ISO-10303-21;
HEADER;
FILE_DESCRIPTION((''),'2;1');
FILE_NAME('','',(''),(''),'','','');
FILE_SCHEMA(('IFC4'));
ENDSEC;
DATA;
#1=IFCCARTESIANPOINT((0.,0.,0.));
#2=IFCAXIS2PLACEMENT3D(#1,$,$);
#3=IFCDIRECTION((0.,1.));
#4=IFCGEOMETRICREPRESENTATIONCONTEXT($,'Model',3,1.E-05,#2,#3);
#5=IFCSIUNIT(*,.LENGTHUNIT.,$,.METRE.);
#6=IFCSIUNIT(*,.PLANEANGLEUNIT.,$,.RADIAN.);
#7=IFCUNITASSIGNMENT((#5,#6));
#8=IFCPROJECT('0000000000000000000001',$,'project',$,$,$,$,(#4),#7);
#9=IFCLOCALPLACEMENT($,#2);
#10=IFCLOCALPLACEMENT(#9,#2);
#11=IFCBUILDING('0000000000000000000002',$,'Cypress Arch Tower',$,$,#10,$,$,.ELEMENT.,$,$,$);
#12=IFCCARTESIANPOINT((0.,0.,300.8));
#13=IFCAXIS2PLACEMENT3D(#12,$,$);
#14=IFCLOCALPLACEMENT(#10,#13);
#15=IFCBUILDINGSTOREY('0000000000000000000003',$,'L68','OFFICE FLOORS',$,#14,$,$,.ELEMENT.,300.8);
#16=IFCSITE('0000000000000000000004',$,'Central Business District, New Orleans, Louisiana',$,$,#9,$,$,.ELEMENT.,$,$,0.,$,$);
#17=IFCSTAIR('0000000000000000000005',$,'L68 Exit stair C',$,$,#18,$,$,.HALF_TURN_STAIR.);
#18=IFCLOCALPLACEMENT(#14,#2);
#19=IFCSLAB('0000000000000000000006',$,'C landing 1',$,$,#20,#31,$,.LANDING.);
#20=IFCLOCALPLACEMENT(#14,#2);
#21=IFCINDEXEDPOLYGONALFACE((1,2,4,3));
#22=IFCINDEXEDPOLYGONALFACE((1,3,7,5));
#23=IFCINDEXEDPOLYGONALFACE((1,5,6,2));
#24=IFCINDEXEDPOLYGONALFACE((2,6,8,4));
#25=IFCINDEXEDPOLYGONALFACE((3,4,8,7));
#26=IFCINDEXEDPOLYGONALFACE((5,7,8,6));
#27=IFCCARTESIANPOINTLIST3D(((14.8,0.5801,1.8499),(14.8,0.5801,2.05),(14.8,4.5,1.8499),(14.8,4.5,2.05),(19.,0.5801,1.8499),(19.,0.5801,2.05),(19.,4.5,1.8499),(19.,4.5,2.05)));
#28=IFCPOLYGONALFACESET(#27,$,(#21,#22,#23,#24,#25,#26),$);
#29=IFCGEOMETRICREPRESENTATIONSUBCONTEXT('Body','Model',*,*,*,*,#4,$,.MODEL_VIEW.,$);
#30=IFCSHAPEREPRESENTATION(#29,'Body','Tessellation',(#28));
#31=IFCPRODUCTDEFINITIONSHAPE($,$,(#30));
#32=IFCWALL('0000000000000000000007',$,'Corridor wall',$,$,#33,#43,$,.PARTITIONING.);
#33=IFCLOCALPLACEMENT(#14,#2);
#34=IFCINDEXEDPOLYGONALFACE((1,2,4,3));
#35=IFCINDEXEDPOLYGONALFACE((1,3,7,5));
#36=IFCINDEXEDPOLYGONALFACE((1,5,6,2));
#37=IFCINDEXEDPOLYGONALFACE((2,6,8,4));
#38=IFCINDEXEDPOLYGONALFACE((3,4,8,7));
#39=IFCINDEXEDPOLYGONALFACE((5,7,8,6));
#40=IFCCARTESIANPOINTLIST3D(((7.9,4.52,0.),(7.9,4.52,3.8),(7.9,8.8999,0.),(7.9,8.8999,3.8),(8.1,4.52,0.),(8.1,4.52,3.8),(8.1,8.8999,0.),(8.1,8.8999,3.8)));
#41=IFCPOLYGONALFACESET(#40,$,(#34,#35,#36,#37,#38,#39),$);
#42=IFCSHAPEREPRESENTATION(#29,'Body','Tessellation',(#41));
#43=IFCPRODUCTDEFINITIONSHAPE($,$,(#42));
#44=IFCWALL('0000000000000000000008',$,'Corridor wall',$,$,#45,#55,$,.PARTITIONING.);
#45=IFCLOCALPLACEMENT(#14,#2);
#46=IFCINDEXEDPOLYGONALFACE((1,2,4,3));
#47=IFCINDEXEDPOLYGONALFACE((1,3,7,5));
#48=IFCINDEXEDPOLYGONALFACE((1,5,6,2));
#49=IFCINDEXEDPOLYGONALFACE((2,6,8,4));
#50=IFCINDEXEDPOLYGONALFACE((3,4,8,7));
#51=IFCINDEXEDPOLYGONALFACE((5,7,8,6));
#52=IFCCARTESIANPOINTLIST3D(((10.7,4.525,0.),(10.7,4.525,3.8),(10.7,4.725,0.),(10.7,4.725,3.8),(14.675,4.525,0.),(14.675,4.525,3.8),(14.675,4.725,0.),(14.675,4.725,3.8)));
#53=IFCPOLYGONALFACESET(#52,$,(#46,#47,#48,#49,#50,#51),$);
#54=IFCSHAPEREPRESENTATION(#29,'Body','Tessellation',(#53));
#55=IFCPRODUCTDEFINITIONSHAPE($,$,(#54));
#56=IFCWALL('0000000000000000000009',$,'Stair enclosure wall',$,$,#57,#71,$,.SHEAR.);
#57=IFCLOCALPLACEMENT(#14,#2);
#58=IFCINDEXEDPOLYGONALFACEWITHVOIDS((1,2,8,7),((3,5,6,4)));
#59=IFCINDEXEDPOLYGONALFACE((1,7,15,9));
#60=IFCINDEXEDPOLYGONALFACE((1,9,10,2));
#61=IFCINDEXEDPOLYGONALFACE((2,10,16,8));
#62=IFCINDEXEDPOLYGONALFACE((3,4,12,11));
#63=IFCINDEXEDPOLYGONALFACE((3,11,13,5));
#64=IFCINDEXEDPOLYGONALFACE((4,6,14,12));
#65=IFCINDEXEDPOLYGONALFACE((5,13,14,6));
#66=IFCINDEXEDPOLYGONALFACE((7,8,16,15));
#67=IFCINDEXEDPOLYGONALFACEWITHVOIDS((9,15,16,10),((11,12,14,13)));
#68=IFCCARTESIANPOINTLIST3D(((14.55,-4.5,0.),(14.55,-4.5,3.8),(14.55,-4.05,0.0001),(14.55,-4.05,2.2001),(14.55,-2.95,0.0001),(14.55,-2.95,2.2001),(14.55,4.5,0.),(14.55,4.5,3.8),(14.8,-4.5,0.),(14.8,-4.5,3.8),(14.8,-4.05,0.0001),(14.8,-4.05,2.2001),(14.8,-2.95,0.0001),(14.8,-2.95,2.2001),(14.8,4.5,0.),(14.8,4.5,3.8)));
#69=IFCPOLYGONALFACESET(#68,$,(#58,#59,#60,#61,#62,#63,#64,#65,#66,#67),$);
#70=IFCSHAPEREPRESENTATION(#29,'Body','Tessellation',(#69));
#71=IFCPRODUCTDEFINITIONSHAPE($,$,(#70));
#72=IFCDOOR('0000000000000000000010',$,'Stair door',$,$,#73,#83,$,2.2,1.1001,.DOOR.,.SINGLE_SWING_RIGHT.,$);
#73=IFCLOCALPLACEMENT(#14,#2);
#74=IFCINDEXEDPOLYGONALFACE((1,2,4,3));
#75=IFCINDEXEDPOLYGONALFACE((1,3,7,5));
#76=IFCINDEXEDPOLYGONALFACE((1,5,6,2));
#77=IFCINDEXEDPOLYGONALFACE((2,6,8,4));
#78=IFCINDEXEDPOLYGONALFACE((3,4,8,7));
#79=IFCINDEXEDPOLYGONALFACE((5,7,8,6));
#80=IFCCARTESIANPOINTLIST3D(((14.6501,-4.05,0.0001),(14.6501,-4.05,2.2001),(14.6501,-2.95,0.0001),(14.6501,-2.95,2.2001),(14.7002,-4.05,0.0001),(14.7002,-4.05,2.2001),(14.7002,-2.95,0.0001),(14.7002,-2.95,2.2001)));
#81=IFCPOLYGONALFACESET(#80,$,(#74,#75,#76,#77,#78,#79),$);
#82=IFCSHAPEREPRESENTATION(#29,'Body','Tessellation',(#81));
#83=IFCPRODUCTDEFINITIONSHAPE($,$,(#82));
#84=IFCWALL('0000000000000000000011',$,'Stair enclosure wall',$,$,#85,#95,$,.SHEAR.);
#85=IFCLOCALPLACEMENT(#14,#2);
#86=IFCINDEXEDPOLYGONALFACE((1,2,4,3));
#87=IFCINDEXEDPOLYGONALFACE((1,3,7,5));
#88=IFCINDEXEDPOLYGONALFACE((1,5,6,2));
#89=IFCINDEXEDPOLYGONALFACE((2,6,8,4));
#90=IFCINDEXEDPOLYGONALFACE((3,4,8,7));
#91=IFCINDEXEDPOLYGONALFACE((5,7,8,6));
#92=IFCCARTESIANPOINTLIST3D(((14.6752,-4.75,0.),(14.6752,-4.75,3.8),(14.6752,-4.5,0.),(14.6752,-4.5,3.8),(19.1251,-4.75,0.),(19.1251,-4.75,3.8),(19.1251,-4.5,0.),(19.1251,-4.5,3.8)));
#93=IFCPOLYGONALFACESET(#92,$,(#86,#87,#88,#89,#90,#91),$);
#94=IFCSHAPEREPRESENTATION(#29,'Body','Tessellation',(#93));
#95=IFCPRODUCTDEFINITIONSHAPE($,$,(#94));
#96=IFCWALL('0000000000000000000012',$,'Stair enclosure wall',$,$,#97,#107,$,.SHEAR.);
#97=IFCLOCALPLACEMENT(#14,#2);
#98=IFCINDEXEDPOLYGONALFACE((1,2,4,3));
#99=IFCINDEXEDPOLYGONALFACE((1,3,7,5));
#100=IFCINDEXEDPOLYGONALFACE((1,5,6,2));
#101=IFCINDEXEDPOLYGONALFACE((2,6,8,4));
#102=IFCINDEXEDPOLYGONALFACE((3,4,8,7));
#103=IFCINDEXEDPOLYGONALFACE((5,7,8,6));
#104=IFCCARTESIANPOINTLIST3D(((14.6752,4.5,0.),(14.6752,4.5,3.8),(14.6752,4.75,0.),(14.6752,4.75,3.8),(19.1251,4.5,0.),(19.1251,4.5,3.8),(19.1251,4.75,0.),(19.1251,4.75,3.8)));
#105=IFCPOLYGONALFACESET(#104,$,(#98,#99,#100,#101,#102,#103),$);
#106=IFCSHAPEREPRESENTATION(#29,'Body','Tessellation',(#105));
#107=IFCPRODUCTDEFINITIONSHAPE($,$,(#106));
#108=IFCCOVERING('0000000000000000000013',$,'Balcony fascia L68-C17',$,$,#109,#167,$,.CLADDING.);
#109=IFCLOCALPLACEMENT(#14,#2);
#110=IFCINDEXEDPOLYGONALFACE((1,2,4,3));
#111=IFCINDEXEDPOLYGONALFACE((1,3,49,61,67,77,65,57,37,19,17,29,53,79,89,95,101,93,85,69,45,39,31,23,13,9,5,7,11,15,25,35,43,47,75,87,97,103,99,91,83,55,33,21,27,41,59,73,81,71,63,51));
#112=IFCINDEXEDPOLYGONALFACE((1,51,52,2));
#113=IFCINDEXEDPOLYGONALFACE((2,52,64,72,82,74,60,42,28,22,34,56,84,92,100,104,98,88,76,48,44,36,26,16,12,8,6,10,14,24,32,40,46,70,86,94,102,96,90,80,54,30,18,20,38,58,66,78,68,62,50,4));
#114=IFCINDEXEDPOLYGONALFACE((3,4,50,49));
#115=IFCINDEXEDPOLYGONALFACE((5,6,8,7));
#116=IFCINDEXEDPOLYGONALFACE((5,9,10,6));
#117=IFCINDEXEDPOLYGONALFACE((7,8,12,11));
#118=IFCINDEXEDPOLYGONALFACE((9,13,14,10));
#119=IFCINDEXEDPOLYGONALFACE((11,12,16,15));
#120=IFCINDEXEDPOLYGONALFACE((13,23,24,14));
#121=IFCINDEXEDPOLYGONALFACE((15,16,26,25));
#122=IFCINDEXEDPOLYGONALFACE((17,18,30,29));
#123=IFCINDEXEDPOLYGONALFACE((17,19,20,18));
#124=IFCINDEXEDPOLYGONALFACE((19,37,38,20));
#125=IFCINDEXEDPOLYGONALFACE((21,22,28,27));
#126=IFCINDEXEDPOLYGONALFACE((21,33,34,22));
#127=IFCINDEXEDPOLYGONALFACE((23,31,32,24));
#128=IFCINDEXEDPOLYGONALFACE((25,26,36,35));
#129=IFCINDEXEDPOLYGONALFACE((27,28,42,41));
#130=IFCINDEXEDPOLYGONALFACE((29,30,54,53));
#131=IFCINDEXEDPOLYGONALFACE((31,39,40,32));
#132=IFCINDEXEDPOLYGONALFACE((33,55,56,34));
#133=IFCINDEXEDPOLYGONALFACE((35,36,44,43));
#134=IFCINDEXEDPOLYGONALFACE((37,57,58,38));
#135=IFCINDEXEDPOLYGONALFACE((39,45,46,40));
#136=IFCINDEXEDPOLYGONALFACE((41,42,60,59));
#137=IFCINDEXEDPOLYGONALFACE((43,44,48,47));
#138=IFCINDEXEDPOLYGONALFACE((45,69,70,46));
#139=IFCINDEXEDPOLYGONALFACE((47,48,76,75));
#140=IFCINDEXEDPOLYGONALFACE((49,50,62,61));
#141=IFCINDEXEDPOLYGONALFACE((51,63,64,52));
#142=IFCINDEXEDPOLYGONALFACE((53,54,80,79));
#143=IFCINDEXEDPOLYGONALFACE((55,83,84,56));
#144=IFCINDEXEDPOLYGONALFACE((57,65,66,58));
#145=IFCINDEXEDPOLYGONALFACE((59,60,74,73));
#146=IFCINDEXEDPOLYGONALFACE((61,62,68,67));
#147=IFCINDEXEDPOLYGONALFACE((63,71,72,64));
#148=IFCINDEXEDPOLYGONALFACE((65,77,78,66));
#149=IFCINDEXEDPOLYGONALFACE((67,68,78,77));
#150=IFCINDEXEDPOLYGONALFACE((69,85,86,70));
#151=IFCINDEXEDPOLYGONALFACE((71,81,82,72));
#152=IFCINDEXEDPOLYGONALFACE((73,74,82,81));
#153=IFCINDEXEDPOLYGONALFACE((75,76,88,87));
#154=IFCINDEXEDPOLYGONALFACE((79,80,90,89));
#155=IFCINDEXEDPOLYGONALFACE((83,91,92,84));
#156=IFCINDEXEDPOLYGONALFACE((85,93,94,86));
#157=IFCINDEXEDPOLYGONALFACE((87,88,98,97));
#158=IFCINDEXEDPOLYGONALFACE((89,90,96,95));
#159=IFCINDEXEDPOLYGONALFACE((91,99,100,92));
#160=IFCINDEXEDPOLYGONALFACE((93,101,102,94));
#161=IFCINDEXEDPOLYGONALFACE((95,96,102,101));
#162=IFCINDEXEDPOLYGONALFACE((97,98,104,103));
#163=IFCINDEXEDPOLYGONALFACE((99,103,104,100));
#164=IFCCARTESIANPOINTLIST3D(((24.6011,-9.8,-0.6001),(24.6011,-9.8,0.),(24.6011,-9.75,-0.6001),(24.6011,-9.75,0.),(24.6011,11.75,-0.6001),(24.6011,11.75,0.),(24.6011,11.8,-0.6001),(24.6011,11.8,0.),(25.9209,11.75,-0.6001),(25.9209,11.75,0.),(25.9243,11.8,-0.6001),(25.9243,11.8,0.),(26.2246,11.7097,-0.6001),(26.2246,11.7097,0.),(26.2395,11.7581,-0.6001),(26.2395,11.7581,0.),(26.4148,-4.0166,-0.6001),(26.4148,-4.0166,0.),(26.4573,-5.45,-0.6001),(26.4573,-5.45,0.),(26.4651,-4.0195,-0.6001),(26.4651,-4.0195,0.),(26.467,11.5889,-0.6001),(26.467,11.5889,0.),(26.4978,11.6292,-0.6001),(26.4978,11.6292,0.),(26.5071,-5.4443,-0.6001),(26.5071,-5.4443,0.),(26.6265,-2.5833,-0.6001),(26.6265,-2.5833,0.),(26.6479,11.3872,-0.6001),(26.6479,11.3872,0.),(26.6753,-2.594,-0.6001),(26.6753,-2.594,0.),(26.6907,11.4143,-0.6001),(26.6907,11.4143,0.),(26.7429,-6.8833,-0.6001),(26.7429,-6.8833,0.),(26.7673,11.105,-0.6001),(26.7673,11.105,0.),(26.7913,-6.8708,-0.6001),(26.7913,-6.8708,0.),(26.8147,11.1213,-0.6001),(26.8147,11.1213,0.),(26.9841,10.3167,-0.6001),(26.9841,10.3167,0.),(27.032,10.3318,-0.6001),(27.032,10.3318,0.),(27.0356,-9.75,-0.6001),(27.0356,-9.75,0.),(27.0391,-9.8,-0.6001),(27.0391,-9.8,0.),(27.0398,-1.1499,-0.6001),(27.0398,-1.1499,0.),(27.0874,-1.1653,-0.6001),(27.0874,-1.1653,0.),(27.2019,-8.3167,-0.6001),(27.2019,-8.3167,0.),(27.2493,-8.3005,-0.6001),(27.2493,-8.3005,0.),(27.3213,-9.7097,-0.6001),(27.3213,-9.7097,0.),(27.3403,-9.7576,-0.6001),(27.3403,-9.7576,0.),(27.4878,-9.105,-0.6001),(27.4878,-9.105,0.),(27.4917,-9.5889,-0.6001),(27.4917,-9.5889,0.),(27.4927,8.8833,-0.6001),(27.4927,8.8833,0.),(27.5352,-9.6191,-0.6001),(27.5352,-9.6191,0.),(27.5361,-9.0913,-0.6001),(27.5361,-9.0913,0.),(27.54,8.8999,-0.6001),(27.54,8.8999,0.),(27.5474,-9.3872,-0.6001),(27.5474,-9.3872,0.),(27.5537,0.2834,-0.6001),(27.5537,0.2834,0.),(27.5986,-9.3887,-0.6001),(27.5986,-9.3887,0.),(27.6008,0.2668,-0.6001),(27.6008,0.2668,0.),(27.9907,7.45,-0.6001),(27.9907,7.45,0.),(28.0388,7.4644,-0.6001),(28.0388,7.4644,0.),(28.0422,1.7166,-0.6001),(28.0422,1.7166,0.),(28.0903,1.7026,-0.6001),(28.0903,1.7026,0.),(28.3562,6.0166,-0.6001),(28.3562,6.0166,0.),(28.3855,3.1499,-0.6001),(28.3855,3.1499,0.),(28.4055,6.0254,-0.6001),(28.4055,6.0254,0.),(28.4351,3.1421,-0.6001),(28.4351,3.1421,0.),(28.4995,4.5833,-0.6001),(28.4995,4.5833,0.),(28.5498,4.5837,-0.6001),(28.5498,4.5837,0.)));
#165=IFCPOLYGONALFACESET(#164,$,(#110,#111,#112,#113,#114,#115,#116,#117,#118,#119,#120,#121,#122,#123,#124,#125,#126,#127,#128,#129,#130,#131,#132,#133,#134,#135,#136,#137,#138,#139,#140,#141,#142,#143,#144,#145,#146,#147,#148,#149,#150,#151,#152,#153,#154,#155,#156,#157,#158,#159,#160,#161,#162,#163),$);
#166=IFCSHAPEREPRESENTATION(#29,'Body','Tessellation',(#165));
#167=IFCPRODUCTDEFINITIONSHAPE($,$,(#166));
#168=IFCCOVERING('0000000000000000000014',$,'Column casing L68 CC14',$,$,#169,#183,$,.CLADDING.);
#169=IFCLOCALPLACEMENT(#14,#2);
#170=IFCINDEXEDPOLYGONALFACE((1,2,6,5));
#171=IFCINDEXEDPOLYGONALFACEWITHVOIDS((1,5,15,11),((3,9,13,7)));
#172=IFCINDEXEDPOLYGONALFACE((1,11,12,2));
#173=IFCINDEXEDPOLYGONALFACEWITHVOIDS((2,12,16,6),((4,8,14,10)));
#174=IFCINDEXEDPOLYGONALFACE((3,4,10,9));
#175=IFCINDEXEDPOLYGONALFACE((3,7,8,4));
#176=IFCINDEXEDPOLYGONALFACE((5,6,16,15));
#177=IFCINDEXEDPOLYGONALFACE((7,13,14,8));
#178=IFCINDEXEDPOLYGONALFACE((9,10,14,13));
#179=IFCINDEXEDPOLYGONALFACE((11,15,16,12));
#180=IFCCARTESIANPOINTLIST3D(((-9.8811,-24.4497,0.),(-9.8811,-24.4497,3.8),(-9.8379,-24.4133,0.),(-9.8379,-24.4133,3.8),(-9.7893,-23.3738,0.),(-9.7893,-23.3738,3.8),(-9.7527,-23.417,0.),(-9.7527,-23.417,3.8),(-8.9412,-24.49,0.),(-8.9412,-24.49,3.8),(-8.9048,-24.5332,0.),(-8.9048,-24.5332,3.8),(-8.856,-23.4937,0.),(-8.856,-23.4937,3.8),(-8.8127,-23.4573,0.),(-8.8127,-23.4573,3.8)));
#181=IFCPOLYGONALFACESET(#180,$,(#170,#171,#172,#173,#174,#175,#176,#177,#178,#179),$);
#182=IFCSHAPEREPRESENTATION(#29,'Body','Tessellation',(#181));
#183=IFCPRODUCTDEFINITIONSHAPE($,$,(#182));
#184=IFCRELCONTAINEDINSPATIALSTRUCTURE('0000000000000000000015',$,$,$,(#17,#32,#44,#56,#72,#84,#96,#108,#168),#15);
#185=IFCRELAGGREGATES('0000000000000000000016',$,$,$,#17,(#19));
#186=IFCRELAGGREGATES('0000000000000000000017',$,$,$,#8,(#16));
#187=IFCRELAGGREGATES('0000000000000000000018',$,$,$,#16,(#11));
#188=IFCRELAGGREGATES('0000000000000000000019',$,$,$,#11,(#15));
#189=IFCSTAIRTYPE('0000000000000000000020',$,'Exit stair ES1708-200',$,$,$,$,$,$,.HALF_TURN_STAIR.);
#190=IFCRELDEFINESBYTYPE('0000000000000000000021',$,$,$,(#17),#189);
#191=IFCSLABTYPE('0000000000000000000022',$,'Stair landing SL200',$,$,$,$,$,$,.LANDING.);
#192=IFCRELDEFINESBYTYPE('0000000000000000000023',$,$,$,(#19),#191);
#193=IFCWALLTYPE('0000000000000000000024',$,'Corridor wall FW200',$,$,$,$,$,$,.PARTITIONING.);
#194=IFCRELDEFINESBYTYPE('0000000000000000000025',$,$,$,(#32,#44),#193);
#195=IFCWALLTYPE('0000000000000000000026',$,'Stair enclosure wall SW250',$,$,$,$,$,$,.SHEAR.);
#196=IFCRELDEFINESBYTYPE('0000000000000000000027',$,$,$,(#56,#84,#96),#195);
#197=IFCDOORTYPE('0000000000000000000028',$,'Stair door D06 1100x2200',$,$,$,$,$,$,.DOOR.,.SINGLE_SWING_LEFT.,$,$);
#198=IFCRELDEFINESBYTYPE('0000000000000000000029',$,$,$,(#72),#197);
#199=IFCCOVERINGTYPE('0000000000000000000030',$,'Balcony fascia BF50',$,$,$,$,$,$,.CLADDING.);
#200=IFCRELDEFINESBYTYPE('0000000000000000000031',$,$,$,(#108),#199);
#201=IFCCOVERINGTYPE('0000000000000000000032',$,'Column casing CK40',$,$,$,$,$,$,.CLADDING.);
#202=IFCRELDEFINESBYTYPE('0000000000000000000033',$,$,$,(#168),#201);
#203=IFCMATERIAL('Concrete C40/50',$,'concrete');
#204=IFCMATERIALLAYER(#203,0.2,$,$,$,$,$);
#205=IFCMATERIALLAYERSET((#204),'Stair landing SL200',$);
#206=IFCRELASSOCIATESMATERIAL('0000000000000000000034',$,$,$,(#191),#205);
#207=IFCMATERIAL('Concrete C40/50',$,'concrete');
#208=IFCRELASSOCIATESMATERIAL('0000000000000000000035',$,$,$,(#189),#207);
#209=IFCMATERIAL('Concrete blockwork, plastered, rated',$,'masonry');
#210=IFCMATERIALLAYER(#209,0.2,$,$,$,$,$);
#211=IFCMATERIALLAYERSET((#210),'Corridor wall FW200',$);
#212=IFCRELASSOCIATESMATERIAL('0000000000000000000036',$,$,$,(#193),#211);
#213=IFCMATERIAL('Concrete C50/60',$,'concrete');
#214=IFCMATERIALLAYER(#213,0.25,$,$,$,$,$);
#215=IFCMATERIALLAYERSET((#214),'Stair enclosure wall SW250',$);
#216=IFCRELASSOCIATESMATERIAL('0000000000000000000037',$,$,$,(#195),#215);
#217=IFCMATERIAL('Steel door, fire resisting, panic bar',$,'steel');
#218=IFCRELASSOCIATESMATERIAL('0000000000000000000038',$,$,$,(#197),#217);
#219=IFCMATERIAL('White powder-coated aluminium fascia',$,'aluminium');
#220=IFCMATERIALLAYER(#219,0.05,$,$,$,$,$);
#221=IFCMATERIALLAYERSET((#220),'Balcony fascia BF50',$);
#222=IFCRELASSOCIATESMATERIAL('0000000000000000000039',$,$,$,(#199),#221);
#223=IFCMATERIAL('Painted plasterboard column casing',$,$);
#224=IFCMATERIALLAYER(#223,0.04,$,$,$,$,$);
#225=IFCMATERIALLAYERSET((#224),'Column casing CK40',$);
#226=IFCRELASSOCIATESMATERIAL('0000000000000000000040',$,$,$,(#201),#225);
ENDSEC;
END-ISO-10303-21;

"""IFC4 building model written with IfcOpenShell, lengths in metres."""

from ifc_helpers import new_model, si_unit, direction, frame, frame_2d, origin, place, context, subcontext, project, spatial, polyline, rectangle, outline, extrude, material, layer, layer_set, type_object, element, fill, aggregate, save


model = new_model("IFC4")

# Units and contexts
model_context = context("Model", 3, precision=1e-05, world=origin(), true_north=direction((0.0, 1.0)))
body_context = subcontext(model_context, "Body", "Model", "MODEL_VIEW")
ifc_project = project(units=[si_unit("LENGTHUNIT", "METRE"), si_unit("PLANEANGLEUNIT", "RADIAN")], contexts=[model_context])

# Site, building, storey
site_placement = place(None, origin())
site = spatial("IfcSite", under=ifc_project, at=site_placement, Name="Central Business District, New Orleans, Louisiana", CompositionType="ELEMENT", RefElevation=0.0)
building_placement = place(site_placement, origin())
building = spatial("IfcBuilding", under=site, at=building_placement, Name="Cypress Arch Tower", CompositionType="ELEMENT")
storey_placement = place(building_placement, frame((0.0, 0.0, 300.8)))
storey = spatial("IfcBuildingStorey", under=building, at=storey_placement, Name="L68", Description="OFFICE FLOORS", CompositionType="ELEMENT", Elevation=300.8)

# Stair, slab
ifc_material_1 = material(Name="Concrete C40/50", Category="concrete")
ifc_layer_1 = layer(ifc_material_1, 0.2)
ifc_layer_set_1 = layer_set([ifc_layer_1], Name="Stair landing SL200")
slab_type_1 = type_object("IfcSlabType", Name="Stair landing SL200", PredefinedType="LANDING", material=ifc_layer_set_1)
ifc_material_2 = material(Name="Concrete C40/50", Category="concrete")
stair_type_1 = type_object("IfcStairType", Name="Exit stair ES1708-200", PredefinedType="HALF_TURN_STAIR", material=ifc_material_2)
stair_1_placement = place(storey_placement, origin())
stair_1 = element("IfcStair", 1, at=stair_1_placement, inside=storey, type_object=stair_type_1, Name="L68 Exit stair C", PredefinedType="HALF_TURN_STAIR")
slab_1_placement = place(storey_placement, frame((0.0, 0.0, 1.8499)))
slab_1 = element("IfcSlab", 2, at=slab_1_placement, type_object=slab_type_1, Name="C landing 1", PredefinedType="LANDING", context=body_context, shape_type="SweptSolid", body=[
    extrude(outline(polyline([(19.0, 0.5801), (19.0, 4.5), (14.8, 4.5), (14.8, 0.5801), (19.0, 0.5801)])), origin(), (0.0, 0.0, 1.0), 0.2002),
])
aggregate(stair_1, [slab_1])

# Walls
ifc_material_3 = material(Name="Concrete blockwork, plastered, rated", Category="masonry")
ifc_layer_2 = layer(ifc_material_3, 0.2)
ifc_layer_set_2 = layer_set([ifc_layer_2], Name="Corridor wall FW200")
wall_type_1 = type_object("IfcWallType", Name="Corridor wall FW200", PredefinedType="PARTITIONING", material=ifc_layer_set_2)
wall_1_placement = place(storey_placement, frame((8.0, 4.52, 0.0), z_axis=(0.0, 0.0, 1.0), x_axis=(0.0, 1.0, 0.0)))
element("IfcWall", 3, at=wall_1_placement, inside=storey, type_object=wall_type_1, Name="Corridor wall", PredefinedType="PARTITIONING", context=body_context, shape_type="SweptSolid", body=[
    extrude(rectangle(XDim=4.3799, YDim=0.2, at=frame_2d((2.1899, 0.0))), origin(), (0.0, 0.0, 1.0), 3.8),
])
wall_2_placement = place(storey_placement, frame((10.7, 4.625, 0.0), z_axis=(0.0, 0.0, 1.0), x_axis=(1.0, 0.0, 0.0)))
element("IfcWall", 4, at=wall_2_placement, inside=storey, type_object=wall_type_1, Name="Corridor wall", PredefinedType="PARTITIONING", context=body_context, shape_type="SweptSolid", body=[
    extrude(rectangle(XDim=3.9751, YDim=0.2, at=frame_2d((1.9875, 0.0))), origin(), (0.0, 0.0, 1.0), 3.8),
])

# Wall, opening, door
ifc_material_4 = material(Name="Concrete C50/60", Category="concrete")
ifc_layer_3 = layer(ifc_material_4, 0.25)
ifc_layer_set_3 = layer_set([ifc_layer_3], Name="Stair enclosure wall SW250")
wall_type_2 = type_object("IfcWallType", Name="Stair enclosure wall SW250", PredefinedType="SHEAR", material=ifc_layer_set_3)
wall_3_placement = place(storey_placement, frame((14.675, -4.5, 0.0), z_axis=(0.0, 0.0, 1.0), x_axis=(0.0, 1.0, 0.0)))
wall_3 = element("IfcWall", 5, at=wall_3_placement, inside=storey, type_object=wall_type_2, Name="Stair enclosure wall", PredefinedType="SHEAR", context=body_context, shape_type="SweptSolid", body=[
    extrude(rectangle(XDim=9.0, YDim=0.25, at=frame_2d((4.5, 0.0))), origin(), (0.0, 0.0, 1.0), 3.8),
])
opening_placement = place(wall_3_placement, frame((0.45, 0.0, 0.0)))
opening = element("IfcOpeningElement", 6, at=opening_placement, cuts=wall_3, PredefinedType="OPENING", context=body_context, shape_type="SweptSolid", body=[
    extrude(rectangle(XDim=1.1001, YDim=2.2, at=frame_2d((0.55, 1.1001))), frame((0.0, 0.135, 0.0), z_axis=(0.0, -1.0, 0.0), x_axis=(1.0, 0.0, 0.0)), (0.0, 0.0, 1.0), 0.27),
])
ifc_material_5 = material(Name="Steel door, fire resisting, panic bar", Category="steel")
door_type = type_object("IfcDoorType", Name="Stair door D06 1100x2200", OperationType="SINGLE_SWING_LEFT", PredefinedType="DOOR", material=ifc_material_5)
door_placement = place(opening_placement, origin())
door = element("IfcDoor", 7, at=door_placement, inside=storey, type_object=door_type, Name="Stair door", OperationType="SINGLE_SWING_RIGHT", OverallHeight=2.2, OverallWidth=1.1001, PredefinedType="DOOR", context=body_context, shape_type="SweptSolid", body=[
    extrude(rectangle(XDim=1.1001, YDim=2.2, at=frame_2d((0.55, 1.1001))), frame((0.0, 0.0249, 0.0), z_axis=(0.0, -1.0, 0.0), x_axis=(1.0, 0.0, 0.0)), (0.0, 0.0, 1.0), 0.05),
])
fill(opening, door)

# Walls
for number, where, z_axis, x_axis, name in (
    (8, (14.675, -4.625, 0.0), (0.0, 0.0, 1.0), (1.0, 0.0, 0.0), "Stair enclosure wall"),
    (9, (14.675, 4.625, 0.0), (0.0, 0.0, 1.0), (1.0, 0.0, 0.0), "Stair enclosure wall"),
):
    element("IfcWall", number, at=place(storey_placement, frame(where, z_axis=z_axis, x_axis=x_axis)), inside=storey, type_object=wall_type_2, Name=name, PredefinedType="SHEAR", context=body_context, shape_type="SweptSolid", body=[
        extrude(rectangle(XDim=4.45, YDim=0.25, at=frame_2d((2.2251, 0.0))), origin(), (0.0, 0.0, 1.0), 3.8),
    ])

# Coverings
ifc_material_6 = material(Name="White powder-coated aluminium fascia", Category="aluminium")
ifc_layer_4 = layer(ifc_material_6, 0.05)
ifc_layer_set_4 = layer_set([ifc_layer_4], Name="Balcony fascia BF50")
covering_type_1 = type_object("IfcCoveringType", Name="Balcony fascia BF50", PredefinedType="CLADDING", material=ifc_layer_set_4)
covering_1_placement = place(storey_placement, frame((0.0, 0.0, -0.6001)))
element("IfcCovering", 10, at=covering_1_placement, inside=storey, type_object=covering_type_1, Name="Balcony fascia L68-C17", PredefinedType="CLADDING", context=body_context, shape_type="SweptSolid", body=[
    extrude(outline(polyline([(25.9243, 11.8), (26.2395, 11.7581), (26.4978, 11.6292), (26.6907, 11.4143), (26.8147, 11.1213), (27.032, 10.3318), (27.54, 8.8999), (28.0388, 7.4644), (28.4055, 6.0254), (28.5498, 4.5837), (28.4351, 3.1421), (28.0903, 1.7026), (27.6008, 0.2668), (27.0874, -1.1653), (26.6753, -2.594), (26.4651, -4.0195), (26.5071, -5.4443), (26.7913, -6.8708), (27.2493, -8.3005), (27.5361, -9.0913), (27.5986, -9.3887), (27.5352, -9.6191), (27.3403, -9.7576), (27.0391, -9.8), (24.6011, -9.8), (24.6011, -9.75), (27.0356, -9.75), (27.3213, -9.7097), (27.4917, -9.5889), (27.5474, -9.3872), (27.4878, -9.105), (27.2019, -8.3167), (26.7429, -6.8833), (26.4573, -5.45), (26.4148, -4.0166), (26.6265, -2.5833), (27.0398, -1.1499), (27.5537, 0.2834), (28.0422, 1.7166), (28.3855, 3.1499), (28.4995, 4.5833), (28.3562, 6.0166), (27.9907, 7.45), (27.4927, 8.8833), (26.9841, 10.3167), (26.7673, 11.105), (26.6479, 11.3872), (26.467, 11.5889), (26.2246, 11.7097), (25.9209, 11.75), (24.6011, 11.75), (24.6011, 11.8), (25.9243, 11.8)])), origin(), (0.0, 0.0, 1.0), 0.6001),
])
ifc_material_7 = material(Name="Painted plasterboard column casing")
ifc_layer_5 = layer(ifc_material_7, 0.04)
ifc_layer_set_5 = layer_set([ifc_layer_5], Name="Column casing CK40")
covering_type_2 = type_object("IfcCoveringType", Name="Column casing CK40", PredefinedType="CLADDING", material=ifc_layer_set_5)
covering_2_placement = place(storey_placement, origin())
element("IfcCovering", 11, at=covering_2_placement, inside=storey, type_object=covering_type_2, Name="Column casing L68 CC14", PredefinedType="CLADDING", context=body_context, shape_type="SweptSolid", body=[
    extrude(outline(polyline([(-9.8811, -24.4497), (-9.7893, -23.3738), (-8.8127, -23.4573), (-8.9048, -24.5332), (-9.8811, -24.4497)]), holes=[polyline([(-9.8379, -24.4133), (-8.9412, -24.49), (-8.856, -23.4937), (-9.7527, -23.417), (-9.8379, -24.4133)])]), origin(), (0.0, 0.0, 1.0), 3.8),
])

save(model, "model.ifc")
